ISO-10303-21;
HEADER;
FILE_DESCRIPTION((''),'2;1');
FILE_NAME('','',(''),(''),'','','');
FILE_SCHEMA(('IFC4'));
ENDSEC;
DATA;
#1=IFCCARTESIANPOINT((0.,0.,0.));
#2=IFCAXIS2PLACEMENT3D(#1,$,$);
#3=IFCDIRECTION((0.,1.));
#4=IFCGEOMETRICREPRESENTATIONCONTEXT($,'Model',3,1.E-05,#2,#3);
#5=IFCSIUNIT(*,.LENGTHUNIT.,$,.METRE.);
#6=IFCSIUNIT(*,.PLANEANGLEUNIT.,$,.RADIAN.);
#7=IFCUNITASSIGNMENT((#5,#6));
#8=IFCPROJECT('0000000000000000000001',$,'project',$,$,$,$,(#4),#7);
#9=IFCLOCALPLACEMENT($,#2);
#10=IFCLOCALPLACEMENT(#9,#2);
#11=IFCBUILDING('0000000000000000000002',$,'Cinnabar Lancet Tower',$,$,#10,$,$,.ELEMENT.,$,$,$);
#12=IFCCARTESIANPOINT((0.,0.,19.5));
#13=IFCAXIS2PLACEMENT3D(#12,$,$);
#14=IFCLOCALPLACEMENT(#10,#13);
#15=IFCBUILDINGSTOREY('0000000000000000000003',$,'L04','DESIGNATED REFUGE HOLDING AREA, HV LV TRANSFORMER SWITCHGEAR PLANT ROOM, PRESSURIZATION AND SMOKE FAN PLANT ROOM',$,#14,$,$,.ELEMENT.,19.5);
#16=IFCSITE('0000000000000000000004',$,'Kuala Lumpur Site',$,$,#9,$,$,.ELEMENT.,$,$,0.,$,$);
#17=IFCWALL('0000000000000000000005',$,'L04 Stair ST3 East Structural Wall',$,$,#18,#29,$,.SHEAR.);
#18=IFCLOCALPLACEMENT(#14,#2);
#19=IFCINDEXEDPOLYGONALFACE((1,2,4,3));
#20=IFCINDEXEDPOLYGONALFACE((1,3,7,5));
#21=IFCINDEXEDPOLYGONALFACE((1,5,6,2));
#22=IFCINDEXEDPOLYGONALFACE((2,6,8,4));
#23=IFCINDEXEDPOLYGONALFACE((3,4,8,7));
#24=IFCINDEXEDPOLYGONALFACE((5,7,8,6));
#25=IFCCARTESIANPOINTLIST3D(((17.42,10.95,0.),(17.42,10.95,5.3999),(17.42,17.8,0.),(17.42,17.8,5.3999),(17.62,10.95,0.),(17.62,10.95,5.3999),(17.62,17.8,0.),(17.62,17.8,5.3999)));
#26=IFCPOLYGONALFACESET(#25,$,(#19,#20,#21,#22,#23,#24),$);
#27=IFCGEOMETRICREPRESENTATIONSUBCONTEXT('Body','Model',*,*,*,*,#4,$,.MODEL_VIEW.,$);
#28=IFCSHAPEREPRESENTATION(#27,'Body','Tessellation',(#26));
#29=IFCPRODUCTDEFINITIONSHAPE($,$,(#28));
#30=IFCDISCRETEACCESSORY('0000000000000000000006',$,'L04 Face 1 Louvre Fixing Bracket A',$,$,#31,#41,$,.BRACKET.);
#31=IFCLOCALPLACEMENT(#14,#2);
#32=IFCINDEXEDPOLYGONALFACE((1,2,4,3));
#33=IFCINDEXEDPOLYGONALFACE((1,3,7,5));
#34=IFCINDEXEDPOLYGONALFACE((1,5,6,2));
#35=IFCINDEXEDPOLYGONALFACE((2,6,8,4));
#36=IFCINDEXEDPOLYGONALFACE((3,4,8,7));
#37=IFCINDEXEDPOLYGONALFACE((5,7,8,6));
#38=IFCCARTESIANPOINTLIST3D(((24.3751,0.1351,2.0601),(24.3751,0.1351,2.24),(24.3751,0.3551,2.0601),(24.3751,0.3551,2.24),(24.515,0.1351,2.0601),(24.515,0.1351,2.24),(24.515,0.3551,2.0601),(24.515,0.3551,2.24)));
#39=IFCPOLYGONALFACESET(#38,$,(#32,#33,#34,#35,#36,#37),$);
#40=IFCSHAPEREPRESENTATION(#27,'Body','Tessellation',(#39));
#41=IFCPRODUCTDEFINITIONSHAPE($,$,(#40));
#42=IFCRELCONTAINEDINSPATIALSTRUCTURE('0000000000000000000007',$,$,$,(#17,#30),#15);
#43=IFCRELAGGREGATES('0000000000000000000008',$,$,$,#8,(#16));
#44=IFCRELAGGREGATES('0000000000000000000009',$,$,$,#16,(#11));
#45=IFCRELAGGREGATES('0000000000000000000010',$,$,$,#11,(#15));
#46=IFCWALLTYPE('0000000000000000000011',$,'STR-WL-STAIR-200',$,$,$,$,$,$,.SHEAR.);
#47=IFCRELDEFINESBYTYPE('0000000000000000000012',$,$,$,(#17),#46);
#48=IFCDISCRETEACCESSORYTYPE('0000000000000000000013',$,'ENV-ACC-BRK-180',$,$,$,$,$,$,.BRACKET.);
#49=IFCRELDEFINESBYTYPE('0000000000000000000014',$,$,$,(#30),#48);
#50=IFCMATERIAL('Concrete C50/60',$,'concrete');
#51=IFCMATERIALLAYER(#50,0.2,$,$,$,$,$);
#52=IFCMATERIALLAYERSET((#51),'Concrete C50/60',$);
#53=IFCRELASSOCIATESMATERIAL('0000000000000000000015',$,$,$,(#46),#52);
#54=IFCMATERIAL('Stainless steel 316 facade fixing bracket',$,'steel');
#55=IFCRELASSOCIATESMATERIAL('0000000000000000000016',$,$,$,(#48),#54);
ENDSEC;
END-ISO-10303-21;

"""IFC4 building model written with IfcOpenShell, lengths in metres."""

from ifc_helpers import new_model, si_unit, direction, frame, frame_2d, origin, origin_2d, place, context, subcontext, project, spatial, rectangle, extrude, material, layer, layer_set, type_object, element, save


model = new_model("IFC4")

# Units and contexts
model_context = context("Model", 3, precision=1e-05, world=origin(), true_north=direction((0.0, 1.0)))
body_context = subcontext(model_context, "Body", "Model", "MODEL_VIEW")
ifc_project = project(units=[si_unit("LENGTHUNIT", "METRE"), si_unit("PLANEANGLEUNIT", "RADIAN")], contexts=[model_context])

# Site, building, storey
site_placement = place(None, origin())
site = spatial("IfcSite", under=ifc_project, at=site_placement, Name="Kuala Lumpur Site", CompositionType="ELEMENT", RefElevation=0.0)
building_placement = place(site_placement, origin())
building = spatial("IfcBuilding", under=site, at=building_placement, Name="Cinnabar Lancet Tower", CompositionType="ELEMENT")
storey_placement = place(building_placement, frame((0.0, 0.0, 19.5)))
storey = spatial("IfcBuildingStorey", under=building, at=storey_placement, Name="L04", Description="DESIGNATED REFUGE HOLDING AREA, HV LV TRANSFORMER SWITCHGEAR PLANT ROOM, PRESSURIZATION AND SMOKE FAN PLANT ROOM", CompositionType="ELEMENT", Elevation=19.5)

# Wall
ifc_material_1 = material(Name="Concrete C50/60", Category="concrete")
ifc_layer_1 = layer(ifc_material_1, 0.2)
ifc_layer_set_1 = layer_set([ifc_layer_1], Name="Concrete C50/60")
wall_type_1 = type_object("IfcWallType", Name="STR-WL-STAIR-200", PredefinedType="SHEAR", material=ifc_layer_set_1)
wall_1_placement = place(storey_placement, frame((17.52, 10.95, 0.0), z_axis=(0.0, 0.0, 1.0), x_axis=(0.0, 1.0, 0.0)))
element("IfcWall", 1, at=wall_1_placement, inside=storey, type_object=wall_type_1, Name="L04 Stair ST3 East Structural Wall", PredefinedType="SHEAR", context=body_context, shape_type="SweptSolid", body=[
    extrude(rectangle(XDim=6.8501, YDim=0.2, at=frame_2d((3.425, 0.0))), origin(), (0.0, 0.0, 1.0), 5.3999),
])

# Discrete accessory
ifc_material_2 = material(Name="Stainless steel 316 facade fixing bracket", Category="steel")
discrete_accessory_type = type_object("IfcDiscreteAccessoryType", Name="ENV-ACC-BRK-180", PredefinedType="BRACKET", material=ifc_material_2)
discrete_accessory_placement = place(storey_placement, frame((24.4451, 0.2451, 2.0601), z_axis=(0.0, 0.0, 1.0), x_axis=(1.0, 0.0, 0.0)))
element("IfcDiscreteAccessory", 2, at=discrete_accessory_placement, inside=storey, type_object=discrete_accessory_type, Name="L04 Face 1 Louvre Fixing Bracket A", PredefinedType="BRACKET", context=body_context, shape_type="SweptSolid", body=[
    extrude(rectangle(XDim=0.1399, YDim=0.22, at=origin_2d()), origin(), (0.0, 0.0, 1.0), 0.1799),
])

save(model, "model.ifc")
